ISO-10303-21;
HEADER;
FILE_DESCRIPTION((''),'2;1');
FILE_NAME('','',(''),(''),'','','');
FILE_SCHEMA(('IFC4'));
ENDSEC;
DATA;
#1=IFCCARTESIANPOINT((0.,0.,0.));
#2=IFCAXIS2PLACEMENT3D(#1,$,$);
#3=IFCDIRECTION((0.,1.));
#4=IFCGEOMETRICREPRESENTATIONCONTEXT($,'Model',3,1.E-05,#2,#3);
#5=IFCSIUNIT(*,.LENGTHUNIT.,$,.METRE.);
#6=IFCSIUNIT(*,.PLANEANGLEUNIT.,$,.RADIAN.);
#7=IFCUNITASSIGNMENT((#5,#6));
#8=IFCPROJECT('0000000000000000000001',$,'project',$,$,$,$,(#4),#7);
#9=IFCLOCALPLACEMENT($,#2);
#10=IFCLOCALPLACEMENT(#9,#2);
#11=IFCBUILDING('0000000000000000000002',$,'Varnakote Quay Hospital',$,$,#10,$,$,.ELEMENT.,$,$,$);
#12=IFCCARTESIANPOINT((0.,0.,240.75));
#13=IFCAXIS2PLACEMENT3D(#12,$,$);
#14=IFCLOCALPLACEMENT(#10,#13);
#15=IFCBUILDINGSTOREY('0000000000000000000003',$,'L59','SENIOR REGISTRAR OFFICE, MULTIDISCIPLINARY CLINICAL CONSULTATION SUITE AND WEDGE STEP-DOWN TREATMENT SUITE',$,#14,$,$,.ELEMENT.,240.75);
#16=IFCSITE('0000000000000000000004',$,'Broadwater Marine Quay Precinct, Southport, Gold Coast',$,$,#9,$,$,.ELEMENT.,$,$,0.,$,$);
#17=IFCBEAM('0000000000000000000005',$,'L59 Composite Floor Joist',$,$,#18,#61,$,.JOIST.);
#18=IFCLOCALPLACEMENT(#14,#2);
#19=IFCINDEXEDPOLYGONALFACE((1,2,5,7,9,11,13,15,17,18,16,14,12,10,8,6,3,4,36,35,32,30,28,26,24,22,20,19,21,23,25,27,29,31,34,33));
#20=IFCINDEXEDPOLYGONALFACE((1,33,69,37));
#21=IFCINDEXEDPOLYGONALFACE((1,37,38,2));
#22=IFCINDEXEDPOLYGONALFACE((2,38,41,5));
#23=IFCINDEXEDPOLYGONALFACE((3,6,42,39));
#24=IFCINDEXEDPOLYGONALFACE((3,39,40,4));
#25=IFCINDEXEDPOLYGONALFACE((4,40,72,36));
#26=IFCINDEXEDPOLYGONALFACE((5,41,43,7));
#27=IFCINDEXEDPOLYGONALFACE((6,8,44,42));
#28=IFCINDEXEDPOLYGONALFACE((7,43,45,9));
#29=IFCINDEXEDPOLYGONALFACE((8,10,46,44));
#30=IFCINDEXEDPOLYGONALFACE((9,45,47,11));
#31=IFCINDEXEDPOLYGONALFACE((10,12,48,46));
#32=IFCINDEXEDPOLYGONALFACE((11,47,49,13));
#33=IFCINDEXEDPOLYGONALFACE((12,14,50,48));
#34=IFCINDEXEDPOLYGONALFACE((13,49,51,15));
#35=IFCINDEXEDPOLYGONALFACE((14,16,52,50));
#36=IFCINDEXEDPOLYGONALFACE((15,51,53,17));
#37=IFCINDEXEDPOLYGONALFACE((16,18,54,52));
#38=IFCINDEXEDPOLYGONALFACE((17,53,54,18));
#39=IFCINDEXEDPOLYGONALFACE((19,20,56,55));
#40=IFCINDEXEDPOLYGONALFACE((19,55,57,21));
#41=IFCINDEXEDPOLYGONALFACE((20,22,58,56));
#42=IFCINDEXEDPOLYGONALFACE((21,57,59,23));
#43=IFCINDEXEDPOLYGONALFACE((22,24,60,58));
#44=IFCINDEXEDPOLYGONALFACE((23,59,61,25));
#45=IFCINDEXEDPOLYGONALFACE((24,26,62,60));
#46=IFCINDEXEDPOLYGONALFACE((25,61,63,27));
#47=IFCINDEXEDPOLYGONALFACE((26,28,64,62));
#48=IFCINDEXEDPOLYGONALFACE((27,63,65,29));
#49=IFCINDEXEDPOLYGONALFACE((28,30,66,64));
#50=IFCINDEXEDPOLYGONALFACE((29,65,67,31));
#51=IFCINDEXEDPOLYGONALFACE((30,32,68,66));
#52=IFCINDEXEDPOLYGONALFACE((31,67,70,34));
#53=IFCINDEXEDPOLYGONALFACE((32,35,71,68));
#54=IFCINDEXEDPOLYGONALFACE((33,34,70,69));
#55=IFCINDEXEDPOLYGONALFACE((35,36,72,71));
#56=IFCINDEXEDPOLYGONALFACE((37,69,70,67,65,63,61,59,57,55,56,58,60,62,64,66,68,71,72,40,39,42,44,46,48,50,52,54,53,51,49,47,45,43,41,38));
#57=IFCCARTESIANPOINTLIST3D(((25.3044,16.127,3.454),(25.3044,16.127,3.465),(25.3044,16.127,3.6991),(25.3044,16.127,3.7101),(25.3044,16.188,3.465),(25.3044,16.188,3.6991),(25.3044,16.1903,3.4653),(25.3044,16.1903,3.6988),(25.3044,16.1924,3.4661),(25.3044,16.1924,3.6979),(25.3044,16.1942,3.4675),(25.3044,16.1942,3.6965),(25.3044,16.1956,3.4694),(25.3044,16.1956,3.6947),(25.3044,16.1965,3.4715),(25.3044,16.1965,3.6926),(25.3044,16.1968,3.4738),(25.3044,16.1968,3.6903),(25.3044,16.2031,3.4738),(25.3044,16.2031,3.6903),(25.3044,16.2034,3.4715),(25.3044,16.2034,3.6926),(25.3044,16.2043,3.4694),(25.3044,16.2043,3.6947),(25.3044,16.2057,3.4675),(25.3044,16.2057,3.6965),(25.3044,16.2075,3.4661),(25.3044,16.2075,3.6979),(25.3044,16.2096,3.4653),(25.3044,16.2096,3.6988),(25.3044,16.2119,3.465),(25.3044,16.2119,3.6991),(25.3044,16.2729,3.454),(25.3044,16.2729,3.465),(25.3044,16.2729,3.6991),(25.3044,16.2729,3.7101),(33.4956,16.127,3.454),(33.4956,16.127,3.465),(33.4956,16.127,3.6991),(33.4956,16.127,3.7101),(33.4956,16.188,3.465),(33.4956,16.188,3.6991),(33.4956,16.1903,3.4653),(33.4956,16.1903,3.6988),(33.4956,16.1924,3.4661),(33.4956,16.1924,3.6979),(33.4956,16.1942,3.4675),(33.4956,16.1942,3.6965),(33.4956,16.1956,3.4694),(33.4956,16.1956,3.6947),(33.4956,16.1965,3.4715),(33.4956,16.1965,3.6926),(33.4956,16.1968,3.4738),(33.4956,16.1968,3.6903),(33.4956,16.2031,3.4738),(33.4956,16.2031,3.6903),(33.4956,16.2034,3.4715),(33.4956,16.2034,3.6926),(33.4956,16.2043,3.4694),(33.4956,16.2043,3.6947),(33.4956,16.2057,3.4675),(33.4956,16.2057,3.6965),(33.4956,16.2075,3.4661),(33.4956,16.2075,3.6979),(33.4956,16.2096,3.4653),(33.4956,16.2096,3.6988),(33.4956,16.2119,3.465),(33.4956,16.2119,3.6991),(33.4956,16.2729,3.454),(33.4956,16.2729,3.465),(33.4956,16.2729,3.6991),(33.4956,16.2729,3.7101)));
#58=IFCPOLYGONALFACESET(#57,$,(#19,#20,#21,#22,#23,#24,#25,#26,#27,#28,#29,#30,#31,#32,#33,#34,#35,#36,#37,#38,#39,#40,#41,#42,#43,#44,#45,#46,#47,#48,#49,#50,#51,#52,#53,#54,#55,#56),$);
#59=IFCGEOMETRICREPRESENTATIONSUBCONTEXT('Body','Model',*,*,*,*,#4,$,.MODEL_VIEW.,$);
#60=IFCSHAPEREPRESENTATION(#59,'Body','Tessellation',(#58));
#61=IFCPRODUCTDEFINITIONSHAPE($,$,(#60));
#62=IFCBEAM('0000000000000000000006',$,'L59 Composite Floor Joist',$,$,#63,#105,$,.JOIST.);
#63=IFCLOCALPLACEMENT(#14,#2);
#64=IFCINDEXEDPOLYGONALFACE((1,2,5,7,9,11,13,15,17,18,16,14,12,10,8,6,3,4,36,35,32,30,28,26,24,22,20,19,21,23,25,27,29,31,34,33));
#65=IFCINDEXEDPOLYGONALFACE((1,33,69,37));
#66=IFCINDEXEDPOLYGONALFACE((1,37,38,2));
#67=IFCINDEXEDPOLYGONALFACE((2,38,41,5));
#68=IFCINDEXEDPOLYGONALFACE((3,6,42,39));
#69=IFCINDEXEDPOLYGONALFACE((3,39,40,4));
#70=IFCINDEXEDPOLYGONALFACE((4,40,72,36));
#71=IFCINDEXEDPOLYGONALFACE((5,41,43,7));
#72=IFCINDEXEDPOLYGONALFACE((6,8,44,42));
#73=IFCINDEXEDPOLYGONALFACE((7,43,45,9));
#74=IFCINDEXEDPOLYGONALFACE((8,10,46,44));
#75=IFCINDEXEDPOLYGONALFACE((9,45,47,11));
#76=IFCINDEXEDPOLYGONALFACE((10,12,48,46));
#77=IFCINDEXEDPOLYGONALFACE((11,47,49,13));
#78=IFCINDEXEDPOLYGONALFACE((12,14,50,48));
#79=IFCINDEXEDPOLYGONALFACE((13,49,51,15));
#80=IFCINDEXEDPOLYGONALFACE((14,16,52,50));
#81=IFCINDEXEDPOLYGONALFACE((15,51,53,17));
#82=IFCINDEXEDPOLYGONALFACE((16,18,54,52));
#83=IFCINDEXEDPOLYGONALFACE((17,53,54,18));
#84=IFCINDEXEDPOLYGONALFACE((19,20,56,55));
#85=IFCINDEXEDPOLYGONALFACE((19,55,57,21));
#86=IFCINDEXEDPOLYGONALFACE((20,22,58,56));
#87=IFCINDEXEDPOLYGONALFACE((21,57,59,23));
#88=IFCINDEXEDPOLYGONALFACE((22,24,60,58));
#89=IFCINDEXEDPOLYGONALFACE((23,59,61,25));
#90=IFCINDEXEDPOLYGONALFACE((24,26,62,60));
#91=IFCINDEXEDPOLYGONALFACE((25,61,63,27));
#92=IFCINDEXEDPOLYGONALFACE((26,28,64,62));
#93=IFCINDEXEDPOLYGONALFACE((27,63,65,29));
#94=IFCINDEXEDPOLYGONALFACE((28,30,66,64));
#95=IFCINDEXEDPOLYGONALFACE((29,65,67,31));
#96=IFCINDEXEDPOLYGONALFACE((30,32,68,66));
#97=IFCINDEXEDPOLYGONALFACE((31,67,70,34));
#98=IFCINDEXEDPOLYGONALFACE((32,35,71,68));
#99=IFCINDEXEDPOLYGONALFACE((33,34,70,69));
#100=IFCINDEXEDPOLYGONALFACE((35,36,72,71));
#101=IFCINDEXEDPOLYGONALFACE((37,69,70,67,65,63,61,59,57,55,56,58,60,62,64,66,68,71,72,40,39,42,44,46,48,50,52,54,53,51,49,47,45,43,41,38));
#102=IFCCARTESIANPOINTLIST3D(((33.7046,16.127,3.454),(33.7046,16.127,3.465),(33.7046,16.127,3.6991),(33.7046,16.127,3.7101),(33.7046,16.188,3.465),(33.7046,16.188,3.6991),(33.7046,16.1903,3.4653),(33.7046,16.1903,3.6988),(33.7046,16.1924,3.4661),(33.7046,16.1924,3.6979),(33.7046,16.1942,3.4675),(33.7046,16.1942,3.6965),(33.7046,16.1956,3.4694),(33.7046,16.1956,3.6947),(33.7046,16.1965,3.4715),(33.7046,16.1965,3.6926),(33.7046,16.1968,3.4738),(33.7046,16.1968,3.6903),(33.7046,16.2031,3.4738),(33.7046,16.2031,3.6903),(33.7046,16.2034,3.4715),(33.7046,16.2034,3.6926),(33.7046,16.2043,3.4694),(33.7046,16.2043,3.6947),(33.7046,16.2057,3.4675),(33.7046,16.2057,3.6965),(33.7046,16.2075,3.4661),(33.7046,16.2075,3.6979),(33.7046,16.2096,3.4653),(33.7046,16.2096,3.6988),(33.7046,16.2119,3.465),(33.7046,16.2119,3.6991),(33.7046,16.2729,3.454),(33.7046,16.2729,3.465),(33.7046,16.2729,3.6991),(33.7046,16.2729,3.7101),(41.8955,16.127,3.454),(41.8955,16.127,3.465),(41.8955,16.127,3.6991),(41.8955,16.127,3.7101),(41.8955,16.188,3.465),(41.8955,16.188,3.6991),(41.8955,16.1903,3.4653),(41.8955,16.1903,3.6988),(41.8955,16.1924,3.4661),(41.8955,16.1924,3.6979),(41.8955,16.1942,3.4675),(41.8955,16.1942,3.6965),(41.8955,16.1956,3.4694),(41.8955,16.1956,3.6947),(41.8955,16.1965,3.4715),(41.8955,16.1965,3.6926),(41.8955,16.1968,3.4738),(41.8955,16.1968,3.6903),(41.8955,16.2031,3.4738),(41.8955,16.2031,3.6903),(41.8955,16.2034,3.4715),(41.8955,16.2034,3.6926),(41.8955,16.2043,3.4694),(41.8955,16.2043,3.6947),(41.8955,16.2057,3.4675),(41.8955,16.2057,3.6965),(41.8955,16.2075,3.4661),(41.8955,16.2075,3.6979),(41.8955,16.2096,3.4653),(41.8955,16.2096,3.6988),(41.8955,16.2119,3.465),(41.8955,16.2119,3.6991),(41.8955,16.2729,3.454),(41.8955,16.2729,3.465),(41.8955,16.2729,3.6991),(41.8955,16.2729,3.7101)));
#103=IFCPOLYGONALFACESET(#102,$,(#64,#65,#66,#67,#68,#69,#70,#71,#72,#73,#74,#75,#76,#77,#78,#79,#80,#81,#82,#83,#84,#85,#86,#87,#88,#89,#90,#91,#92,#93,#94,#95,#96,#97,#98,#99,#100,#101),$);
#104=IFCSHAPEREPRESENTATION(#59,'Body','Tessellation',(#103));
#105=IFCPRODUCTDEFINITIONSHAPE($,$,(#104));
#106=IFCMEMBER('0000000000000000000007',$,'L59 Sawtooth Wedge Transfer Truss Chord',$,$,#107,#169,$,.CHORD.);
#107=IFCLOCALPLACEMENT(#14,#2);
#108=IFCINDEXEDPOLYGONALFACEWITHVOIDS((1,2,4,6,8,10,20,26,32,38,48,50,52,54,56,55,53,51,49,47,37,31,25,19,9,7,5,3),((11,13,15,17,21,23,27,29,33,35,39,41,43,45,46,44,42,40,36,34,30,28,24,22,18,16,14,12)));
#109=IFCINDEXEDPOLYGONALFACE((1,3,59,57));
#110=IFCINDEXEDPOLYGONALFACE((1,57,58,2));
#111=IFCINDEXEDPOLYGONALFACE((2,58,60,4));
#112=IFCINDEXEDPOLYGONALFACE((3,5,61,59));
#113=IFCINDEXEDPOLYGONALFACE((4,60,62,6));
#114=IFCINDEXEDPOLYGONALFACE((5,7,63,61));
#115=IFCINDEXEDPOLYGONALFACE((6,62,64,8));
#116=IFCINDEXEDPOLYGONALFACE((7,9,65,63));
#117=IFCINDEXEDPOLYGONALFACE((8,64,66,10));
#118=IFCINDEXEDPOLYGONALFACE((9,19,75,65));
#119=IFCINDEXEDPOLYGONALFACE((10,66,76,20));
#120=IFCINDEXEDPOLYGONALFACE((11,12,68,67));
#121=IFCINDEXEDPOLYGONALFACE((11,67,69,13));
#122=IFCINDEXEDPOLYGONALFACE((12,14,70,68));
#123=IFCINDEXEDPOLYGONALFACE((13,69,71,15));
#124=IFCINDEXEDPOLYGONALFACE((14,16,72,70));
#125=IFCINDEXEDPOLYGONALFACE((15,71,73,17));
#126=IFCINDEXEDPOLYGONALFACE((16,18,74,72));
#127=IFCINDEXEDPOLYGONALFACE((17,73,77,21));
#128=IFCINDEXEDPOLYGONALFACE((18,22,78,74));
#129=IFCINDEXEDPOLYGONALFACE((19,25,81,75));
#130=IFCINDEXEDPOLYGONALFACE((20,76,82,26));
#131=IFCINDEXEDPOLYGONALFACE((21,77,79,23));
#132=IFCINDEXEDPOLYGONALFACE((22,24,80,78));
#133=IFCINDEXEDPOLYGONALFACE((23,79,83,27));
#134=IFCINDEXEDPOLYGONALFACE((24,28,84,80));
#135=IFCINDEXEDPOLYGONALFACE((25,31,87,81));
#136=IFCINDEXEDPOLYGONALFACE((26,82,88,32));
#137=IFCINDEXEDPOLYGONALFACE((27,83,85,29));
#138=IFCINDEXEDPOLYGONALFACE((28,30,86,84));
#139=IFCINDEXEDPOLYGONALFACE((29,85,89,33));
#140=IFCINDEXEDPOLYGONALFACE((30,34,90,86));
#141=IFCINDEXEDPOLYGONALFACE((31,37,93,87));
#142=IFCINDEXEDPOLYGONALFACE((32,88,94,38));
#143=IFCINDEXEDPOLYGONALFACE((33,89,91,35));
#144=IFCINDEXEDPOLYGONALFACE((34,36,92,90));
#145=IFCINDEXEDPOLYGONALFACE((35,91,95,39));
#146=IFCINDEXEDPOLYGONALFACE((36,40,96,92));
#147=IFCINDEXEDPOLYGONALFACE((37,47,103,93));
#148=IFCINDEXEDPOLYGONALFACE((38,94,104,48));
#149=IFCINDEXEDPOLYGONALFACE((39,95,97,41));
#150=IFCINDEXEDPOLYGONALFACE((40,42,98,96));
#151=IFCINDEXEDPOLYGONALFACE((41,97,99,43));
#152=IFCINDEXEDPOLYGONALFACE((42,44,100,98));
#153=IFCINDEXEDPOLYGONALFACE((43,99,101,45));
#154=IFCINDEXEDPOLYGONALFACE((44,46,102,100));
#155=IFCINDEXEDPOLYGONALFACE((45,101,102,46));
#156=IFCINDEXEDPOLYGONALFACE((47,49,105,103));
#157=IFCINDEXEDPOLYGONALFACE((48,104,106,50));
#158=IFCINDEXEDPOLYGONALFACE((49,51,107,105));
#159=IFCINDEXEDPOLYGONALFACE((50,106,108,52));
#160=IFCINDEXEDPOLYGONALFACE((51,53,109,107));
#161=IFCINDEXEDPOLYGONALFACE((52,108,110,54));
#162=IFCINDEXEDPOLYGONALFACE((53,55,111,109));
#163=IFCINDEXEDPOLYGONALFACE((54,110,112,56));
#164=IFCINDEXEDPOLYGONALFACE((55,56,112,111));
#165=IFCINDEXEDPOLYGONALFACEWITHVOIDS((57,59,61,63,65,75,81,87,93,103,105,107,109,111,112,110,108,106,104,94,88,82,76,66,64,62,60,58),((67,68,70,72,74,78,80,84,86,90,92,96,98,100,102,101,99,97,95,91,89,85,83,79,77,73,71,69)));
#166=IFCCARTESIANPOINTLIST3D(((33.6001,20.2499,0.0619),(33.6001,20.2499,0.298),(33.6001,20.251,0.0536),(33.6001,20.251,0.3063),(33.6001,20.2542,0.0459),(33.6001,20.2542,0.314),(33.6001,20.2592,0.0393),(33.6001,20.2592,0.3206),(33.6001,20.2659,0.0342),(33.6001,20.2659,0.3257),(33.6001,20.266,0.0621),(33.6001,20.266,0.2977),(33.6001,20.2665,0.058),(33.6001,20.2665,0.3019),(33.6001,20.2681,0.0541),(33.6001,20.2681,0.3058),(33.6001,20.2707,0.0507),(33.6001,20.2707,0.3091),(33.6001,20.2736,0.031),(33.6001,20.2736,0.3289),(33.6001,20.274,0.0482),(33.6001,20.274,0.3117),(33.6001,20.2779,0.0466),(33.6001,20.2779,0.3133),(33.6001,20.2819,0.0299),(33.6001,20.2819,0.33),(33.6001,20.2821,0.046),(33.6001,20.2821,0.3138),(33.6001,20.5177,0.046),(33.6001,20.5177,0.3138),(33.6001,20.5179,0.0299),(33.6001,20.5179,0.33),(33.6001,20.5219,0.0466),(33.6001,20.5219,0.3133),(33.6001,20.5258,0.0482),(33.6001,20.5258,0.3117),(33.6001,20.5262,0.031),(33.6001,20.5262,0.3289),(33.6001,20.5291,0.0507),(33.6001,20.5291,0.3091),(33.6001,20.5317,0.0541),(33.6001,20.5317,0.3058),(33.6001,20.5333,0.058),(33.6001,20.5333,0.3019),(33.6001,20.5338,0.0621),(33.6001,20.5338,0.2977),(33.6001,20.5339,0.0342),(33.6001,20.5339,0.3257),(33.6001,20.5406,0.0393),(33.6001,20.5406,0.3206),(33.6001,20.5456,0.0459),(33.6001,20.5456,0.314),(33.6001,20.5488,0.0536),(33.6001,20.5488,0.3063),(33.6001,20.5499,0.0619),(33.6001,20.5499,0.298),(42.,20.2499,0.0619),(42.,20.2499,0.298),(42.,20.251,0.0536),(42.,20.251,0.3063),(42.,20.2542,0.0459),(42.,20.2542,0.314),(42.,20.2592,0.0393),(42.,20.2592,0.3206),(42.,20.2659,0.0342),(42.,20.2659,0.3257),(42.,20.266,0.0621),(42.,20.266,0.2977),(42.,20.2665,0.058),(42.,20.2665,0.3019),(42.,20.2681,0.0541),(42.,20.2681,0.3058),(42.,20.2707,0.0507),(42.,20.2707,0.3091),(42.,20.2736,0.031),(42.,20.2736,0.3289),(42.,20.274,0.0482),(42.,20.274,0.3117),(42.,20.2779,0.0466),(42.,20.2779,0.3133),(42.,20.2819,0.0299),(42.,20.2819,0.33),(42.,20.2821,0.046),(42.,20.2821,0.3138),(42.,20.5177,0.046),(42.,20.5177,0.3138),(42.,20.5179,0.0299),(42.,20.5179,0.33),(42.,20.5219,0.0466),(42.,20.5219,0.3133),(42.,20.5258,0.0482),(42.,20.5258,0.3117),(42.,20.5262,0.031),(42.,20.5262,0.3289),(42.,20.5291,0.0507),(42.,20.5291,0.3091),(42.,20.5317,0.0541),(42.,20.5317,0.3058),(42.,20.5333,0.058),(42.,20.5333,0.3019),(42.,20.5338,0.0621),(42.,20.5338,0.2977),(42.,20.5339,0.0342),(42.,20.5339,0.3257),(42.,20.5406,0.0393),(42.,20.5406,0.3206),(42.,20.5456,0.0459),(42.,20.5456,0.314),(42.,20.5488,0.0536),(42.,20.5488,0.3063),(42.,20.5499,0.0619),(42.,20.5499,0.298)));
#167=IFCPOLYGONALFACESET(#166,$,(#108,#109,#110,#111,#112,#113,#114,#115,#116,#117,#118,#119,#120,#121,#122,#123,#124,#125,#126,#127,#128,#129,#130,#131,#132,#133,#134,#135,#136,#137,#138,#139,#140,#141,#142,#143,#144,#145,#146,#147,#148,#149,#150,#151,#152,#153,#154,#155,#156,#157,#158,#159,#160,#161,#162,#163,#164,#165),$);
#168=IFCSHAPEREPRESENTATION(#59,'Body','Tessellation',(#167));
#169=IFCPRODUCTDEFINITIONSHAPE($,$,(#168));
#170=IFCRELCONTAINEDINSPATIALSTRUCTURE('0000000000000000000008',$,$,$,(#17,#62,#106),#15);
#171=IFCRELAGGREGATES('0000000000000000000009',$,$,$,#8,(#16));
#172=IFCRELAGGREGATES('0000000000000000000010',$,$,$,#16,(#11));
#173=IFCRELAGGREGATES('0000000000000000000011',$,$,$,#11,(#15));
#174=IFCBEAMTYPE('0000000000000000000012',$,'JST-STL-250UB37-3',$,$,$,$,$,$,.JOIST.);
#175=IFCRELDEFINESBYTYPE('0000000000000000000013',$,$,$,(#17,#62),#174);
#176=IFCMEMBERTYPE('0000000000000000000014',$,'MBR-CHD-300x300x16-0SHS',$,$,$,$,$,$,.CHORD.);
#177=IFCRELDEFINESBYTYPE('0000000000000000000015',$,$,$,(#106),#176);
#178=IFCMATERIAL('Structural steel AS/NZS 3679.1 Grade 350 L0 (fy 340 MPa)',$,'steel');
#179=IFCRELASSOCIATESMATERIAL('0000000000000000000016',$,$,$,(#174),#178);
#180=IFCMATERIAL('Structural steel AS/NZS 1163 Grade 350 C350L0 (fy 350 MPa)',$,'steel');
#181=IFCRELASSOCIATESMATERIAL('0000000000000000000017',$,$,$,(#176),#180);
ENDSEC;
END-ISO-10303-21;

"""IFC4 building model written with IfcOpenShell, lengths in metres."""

from ifc_helpers import new_model, si_unit, direction, frame, origin, origin_2d, place, context, subcontext, project, spatial, hollow_rectangle, i_section, extrude, material, material_profile, profile_set, type_object, element, save


model = new_model("IFC4")

# Units and contexts
model_context = context("Model", 3, precision=1e-05, world=origin(), true_north=direction((0.0, 1.0)))
body_context = subcontext(model_context, "Body", "Model", "MODEL_VIEW")
ifc_project = project(units=[si_unit("LENGTHUNIT", "METRE"), si_unit("PLANEANGLEUNIT", "RADIAN")], contexts=[model_context])

# Site, building, storey
site_placement = place(None, origin())
site = spatial("IfcSite", under=ifc_project, at=site_placement, Name="Broadwater Marine Quay Precinct, Southport, Gold Coast", CompositionType="ELEMENT", RefElevation=0.0)
building_placement = place(site_placement, origin())
building = spatial("IfcBuilding", under=site, at=building_placement, Name="Varnakote Quay Hospital", CompositionType="ELEMENT")
storey_placement = place(building_placement, frame((0.0, 0.0, 240.75)))
storey = spatial("IfcBuildingStorey", under=building, at=storey_placement, Name="L59", Description="SENIOR REGISTRAR OFFICE, MULTIDISCIPLINARY CLINICAL CONSULTATION SUITE AND WEDGE STEP-DOWN TREATMENT SUITE", CompositionType="ELEMENT", Elevation=240.75)

# Beams
ifc_material_1 = material(Name="Structural steel AS/NZS 3679.1 Grade 350 L0 (fy 340 MPa)", Category="steel")
ifc_material_profile_1 = material_profile(ifc_material_1, i_section(OverallWidth=0.146, OverallDepth=0.2561, WebThickness=0.0063, FlangeThickness=0.011, FilletRadius=0.0088, at=origin_2d()), Name="250UB37.3")
ifc_profile_set_1 = profile_set([ifc_material_profile_1], Name="Structural steel AS/NZS 3679.1 Grade 350 L0 (fy 340 MPa)")
beam_type_1 = type_object("IfcBeamType", Name="JST-STL-250UB37-3", PredefinedType="JOIST", material=ifc_profile_set_1)
beam_1_placement = place(storey_placement, frame((25.3044, 16.2, 3.582), z_axis=(1.0, 0.0, 0.0), x_axis=(0.0, 1.0, 0.0)))
element("IfcBeam", 1, at=beam_1_placement, inside=storey, type_object=beam_type_1, Name="L59 Composite Floor Joist", PredefinedType="JOIST", context=body_context, shape_type="SweptSolid", body=[
    extrude(i_section(OverallWidth=0.146, OverallDepth=0.2561, WebThickness=0.0063, FlangeThickness=0.011, FilletRadius=0.0088, at=origin_2d()), origin(), (0.0, 0.0, 1.0), 8.1912),
])
beam_2_placement = place(storey_placement, frame((33.7046, 16.2, 3.582), z_axis=(1.0, 0.0, 0.0), x_axis=(0.0, 1.0, 0.0)))
element("IfcBeam", 2, at=beam_2_placement, inside=storey, type_object=beam_type_1, Name="L59 Composite Floor Joist", PredefinedType="JOIST", context=body_context, shape_type="SweptSolid", body=[
    extrude(i_section(OverallWidth=0.146, OverallDepth=0.2561, WebThickness=0.0063, FlangeThickness=0.011, FilletRadius=0.0088, at=origin_2d()), origin(), (0.0, 0.0, 1.0), 8.1909),
])

# Member
ifc_material_2 = material(Name="Structural steel AS/NZS 1163 Grade 350 C350L0 (fy 350 MPa)", Category="steel")
ifc_material_profile_2 = material_profile(ifc_material_2, hollow_rectangle(XDim=0.3, YDim=0.3, WallThickness=0.0161, InnerFilletRadius=0.0161, OuterFilletRadius=0.032, at=origin_2d()), Name="300x300x16.0SHS")
ifc_profile_set_2 = profile_set([ifc_material_profile_2], Name="Structural steel AS/NZS 1163 Grade 350 C350L0 (fy 350 MPa)")
member_type = type_object("IfcMemberType", Name="MBR-CHD-300x300x16-0SHS", PredefinedType="CHORD", material=ifc_profile_set_2)
member_placement = place(storey_placement, frame((33.6001, 20.3999, 0.1799), z_axis=(1.0, 0.0, 0.0), x_axis=(0.0, 1.0, 0.0)))
element("IfcMember", 3, at=member_placement, inside=storey, type_object=member_type, Name="L59 Sawtooth Wedge Transfer Truss Chord", PredefinedType="CHORD", context=body_context, shape_type="SweptSolid", body=[
    extrude(hollow_rectangle(XDim=0.3, YDim=0.3, WallThickness=0.0161, InnerFilletRadius=0.0161, OuterFilletRadius=0.032, at=origin_2d()), origin(), (0.0, 0.0, 1.0), 8.3999),
])

save(model, "model.ifc")
